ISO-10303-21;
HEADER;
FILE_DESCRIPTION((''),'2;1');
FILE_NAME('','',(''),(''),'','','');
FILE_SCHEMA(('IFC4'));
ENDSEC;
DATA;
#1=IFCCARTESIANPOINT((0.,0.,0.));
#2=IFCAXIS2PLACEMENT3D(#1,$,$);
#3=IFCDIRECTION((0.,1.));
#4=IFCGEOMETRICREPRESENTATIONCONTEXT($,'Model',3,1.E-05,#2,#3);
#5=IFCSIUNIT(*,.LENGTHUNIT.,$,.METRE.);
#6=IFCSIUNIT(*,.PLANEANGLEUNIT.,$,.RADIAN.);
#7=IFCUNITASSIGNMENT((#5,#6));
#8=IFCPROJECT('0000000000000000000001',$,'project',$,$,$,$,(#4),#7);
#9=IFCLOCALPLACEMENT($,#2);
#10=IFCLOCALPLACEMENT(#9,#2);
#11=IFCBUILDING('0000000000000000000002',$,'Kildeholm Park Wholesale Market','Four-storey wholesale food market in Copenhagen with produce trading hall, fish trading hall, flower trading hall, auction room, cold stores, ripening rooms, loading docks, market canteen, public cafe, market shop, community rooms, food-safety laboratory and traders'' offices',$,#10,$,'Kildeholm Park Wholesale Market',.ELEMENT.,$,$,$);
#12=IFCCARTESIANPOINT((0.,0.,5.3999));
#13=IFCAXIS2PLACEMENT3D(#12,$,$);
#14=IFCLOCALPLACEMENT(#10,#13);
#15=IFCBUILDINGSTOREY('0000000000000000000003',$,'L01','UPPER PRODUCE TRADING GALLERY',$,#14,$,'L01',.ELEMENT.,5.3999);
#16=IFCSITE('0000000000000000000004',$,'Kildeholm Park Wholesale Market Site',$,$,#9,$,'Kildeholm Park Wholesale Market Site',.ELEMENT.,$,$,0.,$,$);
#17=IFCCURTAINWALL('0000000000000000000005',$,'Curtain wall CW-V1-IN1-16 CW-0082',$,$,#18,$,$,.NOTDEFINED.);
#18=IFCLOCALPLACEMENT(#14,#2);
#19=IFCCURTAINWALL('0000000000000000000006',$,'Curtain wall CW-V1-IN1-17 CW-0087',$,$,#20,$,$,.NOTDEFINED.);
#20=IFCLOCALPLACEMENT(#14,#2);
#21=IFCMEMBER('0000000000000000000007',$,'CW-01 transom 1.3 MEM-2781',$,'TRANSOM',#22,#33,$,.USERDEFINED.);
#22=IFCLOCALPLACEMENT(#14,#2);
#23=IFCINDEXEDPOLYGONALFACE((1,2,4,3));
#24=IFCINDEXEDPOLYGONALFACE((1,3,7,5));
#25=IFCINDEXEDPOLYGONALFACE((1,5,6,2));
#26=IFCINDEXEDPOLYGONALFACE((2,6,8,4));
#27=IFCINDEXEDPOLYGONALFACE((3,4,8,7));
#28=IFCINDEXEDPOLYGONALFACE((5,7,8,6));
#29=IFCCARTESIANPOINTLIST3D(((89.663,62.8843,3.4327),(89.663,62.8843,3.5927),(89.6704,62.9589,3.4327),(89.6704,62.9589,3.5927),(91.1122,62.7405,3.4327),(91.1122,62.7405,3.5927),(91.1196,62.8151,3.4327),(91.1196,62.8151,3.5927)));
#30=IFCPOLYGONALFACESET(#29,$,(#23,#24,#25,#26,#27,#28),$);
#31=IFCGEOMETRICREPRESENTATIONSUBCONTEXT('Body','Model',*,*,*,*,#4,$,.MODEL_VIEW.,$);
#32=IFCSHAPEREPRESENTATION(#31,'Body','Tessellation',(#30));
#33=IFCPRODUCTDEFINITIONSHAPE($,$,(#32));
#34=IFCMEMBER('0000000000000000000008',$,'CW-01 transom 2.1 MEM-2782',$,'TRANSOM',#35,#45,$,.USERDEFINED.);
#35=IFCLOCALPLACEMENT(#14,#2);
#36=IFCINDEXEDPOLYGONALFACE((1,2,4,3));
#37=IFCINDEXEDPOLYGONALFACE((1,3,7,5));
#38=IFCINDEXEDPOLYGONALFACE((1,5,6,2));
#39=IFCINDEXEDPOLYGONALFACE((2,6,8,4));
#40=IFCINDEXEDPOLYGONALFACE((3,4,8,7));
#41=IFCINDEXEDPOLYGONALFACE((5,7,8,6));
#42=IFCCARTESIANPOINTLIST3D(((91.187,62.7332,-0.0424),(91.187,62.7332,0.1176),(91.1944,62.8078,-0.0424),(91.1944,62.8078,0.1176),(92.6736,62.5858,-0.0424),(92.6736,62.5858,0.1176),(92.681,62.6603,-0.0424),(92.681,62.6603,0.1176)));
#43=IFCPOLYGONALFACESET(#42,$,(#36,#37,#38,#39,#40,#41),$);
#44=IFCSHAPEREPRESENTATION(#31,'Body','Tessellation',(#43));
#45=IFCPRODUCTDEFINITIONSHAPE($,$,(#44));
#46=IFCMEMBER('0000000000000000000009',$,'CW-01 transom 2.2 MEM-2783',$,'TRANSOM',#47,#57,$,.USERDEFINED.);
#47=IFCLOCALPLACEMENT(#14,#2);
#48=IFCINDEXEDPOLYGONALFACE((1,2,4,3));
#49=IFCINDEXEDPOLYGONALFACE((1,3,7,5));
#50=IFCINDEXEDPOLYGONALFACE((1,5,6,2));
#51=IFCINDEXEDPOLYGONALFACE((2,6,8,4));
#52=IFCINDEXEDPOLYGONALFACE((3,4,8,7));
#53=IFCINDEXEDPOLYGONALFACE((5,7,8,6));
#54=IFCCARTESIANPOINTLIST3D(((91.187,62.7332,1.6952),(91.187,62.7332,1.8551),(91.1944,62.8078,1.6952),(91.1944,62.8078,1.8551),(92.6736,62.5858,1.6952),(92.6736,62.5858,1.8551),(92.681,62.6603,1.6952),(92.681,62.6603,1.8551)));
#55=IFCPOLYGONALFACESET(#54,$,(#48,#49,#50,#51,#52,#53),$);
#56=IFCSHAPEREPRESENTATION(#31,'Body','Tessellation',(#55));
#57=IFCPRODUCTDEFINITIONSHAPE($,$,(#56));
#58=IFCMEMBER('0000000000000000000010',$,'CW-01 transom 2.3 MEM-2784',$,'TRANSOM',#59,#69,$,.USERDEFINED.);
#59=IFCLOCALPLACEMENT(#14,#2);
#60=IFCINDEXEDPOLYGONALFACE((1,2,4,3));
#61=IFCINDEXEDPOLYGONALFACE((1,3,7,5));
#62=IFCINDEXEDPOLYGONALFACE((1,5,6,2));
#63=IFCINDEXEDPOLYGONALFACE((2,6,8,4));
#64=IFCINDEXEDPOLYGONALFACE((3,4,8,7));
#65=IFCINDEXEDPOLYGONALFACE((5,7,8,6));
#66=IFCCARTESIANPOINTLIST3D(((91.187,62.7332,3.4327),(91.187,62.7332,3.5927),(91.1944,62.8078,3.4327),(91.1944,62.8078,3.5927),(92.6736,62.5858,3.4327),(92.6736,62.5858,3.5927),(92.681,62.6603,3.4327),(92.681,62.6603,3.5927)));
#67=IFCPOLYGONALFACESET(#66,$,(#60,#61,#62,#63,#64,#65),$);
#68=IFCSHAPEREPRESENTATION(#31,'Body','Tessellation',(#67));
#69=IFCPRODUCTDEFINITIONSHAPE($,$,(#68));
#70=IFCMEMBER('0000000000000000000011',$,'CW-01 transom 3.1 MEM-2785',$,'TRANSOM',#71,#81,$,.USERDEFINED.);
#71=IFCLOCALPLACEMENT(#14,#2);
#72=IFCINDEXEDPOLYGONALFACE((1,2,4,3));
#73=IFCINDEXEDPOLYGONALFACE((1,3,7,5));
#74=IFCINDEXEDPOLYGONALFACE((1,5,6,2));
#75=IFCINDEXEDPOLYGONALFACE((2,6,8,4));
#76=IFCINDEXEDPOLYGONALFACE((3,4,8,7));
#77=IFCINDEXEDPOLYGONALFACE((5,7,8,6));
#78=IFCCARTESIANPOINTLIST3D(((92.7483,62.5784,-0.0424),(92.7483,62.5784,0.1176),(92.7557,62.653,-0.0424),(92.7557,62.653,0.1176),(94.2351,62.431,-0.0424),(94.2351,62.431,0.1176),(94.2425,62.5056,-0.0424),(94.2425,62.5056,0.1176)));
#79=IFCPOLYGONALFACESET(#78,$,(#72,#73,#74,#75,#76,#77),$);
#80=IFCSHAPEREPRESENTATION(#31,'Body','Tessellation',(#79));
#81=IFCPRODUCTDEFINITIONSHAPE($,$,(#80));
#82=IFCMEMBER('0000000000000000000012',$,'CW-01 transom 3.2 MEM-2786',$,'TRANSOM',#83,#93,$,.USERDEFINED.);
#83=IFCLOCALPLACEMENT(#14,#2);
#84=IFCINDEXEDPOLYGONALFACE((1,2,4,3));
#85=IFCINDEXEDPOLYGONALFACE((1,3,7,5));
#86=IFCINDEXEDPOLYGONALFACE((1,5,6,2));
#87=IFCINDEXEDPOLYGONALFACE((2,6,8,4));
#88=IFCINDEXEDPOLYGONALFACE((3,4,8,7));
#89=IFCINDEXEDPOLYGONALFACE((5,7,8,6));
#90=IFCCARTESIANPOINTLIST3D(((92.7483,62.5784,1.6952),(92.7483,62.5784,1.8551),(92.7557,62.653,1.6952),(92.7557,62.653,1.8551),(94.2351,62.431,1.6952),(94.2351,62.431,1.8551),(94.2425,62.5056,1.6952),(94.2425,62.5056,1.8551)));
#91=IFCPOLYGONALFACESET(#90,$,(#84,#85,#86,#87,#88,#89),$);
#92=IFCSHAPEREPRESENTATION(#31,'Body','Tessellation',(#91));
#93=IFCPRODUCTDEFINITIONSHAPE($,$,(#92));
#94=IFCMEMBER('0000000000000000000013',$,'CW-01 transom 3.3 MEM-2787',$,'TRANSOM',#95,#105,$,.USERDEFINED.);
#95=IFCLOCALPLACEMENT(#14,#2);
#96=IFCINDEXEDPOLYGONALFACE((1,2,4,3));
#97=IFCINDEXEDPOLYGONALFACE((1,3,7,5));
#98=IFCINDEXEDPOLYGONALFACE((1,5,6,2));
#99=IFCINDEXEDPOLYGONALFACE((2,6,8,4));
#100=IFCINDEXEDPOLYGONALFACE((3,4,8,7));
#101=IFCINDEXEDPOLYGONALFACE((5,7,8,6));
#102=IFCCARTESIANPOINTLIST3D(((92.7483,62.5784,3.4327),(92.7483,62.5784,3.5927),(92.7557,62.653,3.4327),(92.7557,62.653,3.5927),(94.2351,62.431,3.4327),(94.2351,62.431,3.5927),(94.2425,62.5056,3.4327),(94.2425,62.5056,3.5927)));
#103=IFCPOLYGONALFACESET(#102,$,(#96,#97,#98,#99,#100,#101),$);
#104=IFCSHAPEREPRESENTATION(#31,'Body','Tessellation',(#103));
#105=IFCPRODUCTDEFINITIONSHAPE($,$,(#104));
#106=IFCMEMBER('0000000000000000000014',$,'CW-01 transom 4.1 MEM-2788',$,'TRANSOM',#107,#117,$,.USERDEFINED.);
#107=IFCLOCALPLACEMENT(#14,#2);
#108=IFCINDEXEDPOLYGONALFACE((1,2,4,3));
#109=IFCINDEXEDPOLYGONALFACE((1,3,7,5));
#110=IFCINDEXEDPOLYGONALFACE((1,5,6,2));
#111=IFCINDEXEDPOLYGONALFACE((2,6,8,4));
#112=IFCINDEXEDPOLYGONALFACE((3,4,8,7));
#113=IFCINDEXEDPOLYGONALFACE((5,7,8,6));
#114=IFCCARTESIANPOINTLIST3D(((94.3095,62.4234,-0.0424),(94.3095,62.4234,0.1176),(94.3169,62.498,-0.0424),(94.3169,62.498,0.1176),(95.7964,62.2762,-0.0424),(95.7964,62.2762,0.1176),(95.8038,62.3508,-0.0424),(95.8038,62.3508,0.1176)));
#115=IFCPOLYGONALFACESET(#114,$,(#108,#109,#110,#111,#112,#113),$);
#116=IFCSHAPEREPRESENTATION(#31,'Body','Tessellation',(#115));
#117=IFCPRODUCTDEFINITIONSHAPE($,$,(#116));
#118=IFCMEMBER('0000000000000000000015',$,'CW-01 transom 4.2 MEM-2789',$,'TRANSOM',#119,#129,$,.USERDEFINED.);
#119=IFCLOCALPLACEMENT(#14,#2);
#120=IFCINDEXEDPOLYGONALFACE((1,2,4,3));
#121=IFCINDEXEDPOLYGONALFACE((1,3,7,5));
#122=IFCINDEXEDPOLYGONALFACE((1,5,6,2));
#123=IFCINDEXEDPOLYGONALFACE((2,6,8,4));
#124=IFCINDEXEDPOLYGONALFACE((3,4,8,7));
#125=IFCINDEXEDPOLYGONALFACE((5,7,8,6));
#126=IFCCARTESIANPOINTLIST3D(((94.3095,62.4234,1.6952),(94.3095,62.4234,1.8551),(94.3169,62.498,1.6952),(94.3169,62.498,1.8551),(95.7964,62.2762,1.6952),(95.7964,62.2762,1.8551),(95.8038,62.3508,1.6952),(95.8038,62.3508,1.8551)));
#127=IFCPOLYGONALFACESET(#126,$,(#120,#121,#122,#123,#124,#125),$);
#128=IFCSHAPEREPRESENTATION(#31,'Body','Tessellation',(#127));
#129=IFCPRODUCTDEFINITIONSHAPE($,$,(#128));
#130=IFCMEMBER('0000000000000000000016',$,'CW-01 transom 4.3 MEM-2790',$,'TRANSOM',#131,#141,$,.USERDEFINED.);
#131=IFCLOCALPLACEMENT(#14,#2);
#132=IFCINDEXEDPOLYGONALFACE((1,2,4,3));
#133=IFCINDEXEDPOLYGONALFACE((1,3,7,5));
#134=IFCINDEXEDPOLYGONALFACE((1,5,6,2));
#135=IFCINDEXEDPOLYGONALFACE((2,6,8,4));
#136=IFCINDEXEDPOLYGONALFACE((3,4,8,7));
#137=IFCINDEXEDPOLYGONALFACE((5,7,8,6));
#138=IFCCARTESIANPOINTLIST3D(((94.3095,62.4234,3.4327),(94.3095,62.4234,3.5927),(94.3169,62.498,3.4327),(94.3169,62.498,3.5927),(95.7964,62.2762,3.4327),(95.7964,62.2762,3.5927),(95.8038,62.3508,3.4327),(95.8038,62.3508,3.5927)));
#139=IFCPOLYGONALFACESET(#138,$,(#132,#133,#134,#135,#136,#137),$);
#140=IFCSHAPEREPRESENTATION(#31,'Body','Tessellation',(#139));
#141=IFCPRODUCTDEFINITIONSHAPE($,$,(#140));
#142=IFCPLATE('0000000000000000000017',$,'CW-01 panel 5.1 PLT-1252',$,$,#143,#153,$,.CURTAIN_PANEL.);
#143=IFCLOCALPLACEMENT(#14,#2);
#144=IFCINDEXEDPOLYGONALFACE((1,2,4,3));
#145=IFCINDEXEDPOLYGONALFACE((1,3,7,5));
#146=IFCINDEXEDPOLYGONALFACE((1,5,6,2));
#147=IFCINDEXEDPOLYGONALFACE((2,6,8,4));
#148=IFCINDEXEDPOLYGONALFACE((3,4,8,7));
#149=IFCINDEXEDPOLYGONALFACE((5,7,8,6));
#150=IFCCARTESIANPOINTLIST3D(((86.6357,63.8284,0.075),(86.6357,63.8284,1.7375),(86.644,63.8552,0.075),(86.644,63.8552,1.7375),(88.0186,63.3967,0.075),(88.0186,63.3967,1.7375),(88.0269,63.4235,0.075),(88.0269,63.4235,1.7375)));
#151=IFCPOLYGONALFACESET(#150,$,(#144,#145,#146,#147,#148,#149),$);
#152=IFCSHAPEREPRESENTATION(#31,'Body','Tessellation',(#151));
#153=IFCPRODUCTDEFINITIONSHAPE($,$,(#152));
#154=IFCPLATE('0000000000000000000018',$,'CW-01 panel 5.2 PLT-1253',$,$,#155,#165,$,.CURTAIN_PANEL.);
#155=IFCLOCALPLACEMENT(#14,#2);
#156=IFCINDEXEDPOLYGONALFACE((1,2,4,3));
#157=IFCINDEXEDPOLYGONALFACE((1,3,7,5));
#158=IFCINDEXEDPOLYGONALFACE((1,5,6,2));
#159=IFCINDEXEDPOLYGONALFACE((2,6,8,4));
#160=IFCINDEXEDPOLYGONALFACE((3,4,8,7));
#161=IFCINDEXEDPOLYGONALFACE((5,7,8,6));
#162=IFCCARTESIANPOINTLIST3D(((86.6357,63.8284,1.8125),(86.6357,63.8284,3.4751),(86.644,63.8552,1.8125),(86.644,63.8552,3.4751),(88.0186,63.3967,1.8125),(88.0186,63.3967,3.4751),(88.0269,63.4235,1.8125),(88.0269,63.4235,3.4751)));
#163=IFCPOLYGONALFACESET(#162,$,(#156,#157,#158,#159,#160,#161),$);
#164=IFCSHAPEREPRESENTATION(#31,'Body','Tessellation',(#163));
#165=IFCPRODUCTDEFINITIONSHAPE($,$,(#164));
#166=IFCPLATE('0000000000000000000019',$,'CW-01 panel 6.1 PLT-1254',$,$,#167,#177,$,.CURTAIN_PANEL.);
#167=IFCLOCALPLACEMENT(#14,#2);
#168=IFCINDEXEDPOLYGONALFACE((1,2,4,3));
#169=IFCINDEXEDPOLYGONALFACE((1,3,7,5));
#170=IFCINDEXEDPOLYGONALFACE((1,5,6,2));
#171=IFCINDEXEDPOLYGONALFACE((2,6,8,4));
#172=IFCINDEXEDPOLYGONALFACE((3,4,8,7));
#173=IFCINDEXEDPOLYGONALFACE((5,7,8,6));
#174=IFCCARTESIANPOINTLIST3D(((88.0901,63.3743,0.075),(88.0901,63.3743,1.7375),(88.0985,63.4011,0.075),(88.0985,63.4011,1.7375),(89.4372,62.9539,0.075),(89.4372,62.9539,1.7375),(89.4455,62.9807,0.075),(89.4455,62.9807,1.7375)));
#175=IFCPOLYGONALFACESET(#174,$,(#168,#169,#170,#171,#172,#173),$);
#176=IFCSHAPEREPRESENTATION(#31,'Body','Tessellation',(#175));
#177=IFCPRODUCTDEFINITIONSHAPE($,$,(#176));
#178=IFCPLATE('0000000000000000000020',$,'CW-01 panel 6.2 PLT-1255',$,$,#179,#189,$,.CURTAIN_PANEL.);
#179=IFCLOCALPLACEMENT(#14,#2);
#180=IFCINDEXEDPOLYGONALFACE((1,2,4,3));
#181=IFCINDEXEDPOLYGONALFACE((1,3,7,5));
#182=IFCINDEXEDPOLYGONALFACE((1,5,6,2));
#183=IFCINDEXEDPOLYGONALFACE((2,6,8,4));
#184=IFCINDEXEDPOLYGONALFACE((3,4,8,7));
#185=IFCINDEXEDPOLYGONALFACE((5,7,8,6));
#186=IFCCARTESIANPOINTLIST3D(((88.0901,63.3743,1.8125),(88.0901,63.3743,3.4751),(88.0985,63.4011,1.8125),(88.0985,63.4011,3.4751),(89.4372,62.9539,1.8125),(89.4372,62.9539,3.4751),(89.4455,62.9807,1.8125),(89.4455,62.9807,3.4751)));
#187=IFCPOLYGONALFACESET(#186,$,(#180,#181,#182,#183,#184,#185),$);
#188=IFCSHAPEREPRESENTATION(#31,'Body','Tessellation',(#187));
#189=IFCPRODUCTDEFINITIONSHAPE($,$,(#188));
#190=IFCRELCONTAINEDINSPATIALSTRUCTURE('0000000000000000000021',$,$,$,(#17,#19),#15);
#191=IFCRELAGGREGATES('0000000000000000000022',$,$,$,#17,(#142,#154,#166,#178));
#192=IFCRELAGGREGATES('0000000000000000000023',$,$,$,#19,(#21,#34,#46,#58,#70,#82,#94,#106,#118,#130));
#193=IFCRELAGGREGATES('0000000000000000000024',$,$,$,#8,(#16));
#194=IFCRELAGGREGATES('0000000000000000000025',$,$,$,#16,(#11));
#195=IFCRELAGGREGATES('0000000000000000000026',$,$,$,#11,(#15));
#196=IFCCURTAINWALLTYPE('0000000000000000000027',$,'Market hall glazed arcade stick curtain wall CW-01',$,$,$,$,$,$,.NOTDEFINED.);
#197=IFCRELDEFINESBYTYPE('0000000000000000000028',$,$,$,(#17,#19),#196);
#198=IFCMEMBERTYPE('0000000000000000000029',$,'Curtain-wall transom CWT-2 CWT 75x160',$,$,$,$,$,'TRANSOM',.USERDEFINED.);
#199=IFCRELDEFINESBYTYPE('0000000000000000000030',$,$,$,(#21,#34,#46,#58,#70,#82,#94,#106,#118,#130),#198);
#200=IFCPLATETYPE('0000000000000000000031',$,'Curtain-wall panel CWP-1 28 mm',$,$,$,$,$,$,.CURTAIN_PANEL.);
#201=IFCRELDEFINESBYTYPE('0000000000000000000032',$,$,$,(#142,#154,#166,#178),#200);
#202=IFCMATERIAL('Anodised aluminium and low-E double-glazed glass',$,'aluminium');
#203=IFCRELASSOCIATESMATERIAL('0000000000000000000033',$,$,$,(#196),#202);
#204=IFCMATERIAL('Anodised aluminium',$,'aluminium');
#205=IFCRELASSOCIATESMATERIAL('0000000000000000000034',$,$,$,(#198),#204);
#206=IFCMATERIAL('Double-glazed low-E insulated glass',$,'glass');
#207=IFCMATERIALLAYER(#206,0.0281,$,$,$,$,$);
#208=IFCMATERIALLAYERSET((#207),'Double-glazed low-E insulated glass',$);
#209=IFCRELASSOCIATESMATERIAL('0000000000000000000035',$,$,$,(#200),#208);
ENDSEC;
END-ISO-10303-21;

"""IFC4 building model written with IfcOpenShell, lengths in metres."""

from ifc_helpers import new_model, si_unit, direction, frame, origin, origin_2d, place, context, subcontext, project, spatial, rectangle, extrude, material, layer, layer_set, material_profile, profile_set, type_object, element, aggregate, save


model = new_model("IFC4")

# Units and contexts
model_context = context("Model", 3, precision=1e-05, world=origin(), true_north=direction((0.0, 1.0)))
body_context = subcontext(model_context, "Body", "Model", "MODEL_VIEW")
ifc_project = project(units=[si_unit("LENGTHUNIT", "METRE"), si_unit("PLANEANGLEUNIT", "RADIAN")], contexts=[model_context])

# Site, building, storey
site_placement = place(None, origin())
site = spatial("IfcSite", under=ifc_project, at=site_placement, Name="Kildeholm Park Wholesale Market Site", LongName="Kildeholm Park Wholesale Market Site", CompositionType="ELEMENT", RefElevation=0.0)
building_placement = place(site_placement, origin())
building = spatial("IfcBuilding", under=site, at=building_placement, Name="Kildeholm Park Wholesale Market", Description="Four-storey wholesale food market in Copenhagen with produce trading hall, fish trading hall, flower trading hall, auction room, cold stores, ripening rooms, loading docks, market canteen, public cafe, market shop, community rooms, food-safety laboratory and traders' offices", LongName="Kildeholm Park Wholesale Market", CompositionType="ELEMENT")
storey_placement = place(building_placement, frame((0.0, 0.0, 5.3999)))
storey = spatial("IfcBuildingStorey", under=building, at=storey_placement, Name="L01", Description="UPPER PRODUCE TRADING GALLERY", LongName="L01", CompositionType="ELEMENT", Elevation=5.3999)

# Curtain walls
ifc_material_1 = material(Name="Anodised aluminium and low-E double-glazed glass", Category="aluminium")
curtain_wall_type = type_object("IfcCurtainWallType", Name="Market hall glazed arcade stick curtain wall CW-01", PredefinedType="NOTDEFINED", material=ifc_material_1)
curtain_wall_1_placement = place(storey_placement, origin())
curtain_wall_1 = element("IfcCurtainWall", 1, at=curtain_wall_1_placement, inside=storey, type_object=curtain_wall_type, Name="Curtain wall CW-V1-IN1-16 CW-0082", PredefinedType="NOTDEFINED")
ifc_material_2 = material(Name="Anodised aluminium", Category="aluminium")
curtain_wall_2_placement = place(storey_placement, origin())
curtain_wall_2 = element("IfcCurtainWall", 2, at=curtain_wall_2_placement, inside=storey, type_object=curtain_wall_type, Name="Curtain wall CW-V1-IN1-17 CW-0087", PredefinedType="NOTDEFINED")

# Members
ifc_material_profile_1 = material_profile(ifc_material_2, rectangle(XDim=0.075, YDim=0.1599, at=origin_2d()), Name="CWT 75x160")
ifc_profile_set_1 = profile_set([ifc_material_profile_1], Name="Anodised aluminium")
member_type_1 = type_object("IfcMemberType", Name="Curtain-wall transom CWT-2 CWT 75x160", ElementType="TRANSOM", PredefinedType="USERDEFINED", material=ifc_profile_set_1)
member_1_placement = place(storey_placement, frame((89.6667, 62.9216, 3.5127), z_axis=(0.995113, -0.09874, 0.0), x_axis=(0.09874, 0.995113, 0.0)))
member_1 = element("IfcMember", 3, at=member_1_placement, type_object=member_type_1, Name="CW-01 transom 1.3 MEM-2781", ObjectType="TRANSOM", PredefinedType="USERDEFINED", context=body_context, shape_type="SweptSolid", body=[
    extrude(rectangle(XDim=0.075, YDim=0.1599, at=origin_2d()), origin(), (0.0, 0.0, 1.0), 1.4563),
])
member_2_placement = place(storey_placement, frame((91.1907, 62.7705, 0.0376), z_axis=(0.995116, -0.098711, 0.0), x_axis=(0.098711, 0.995116, 0.0)))
member_2 = element("IfcMember", 4, at=member_2_placement, type_object=member_type_1, Name="CW-01 transom 2.1 MEM-2782", ObjectType="TRANSOM", PredefinedType="USERDEFINED", context=body_context, shape_type="SweptSolid", body=[
    extrude(rectangle(XDim=0.075, YDim=0.1599, at=origin_2d()), origin(), (0.0, 0.0, 1.0), 1.4939),
])
member_3_placement = place(storey_placement, frame((91.1907, 62.7705, 1.7751), z_axis=(0.995116, -0.098711, 0.0), x_axis=(0.098711, 0.995116, 0.0)))
member_3 = element("IfcMember", 5, at=member_3_placement, type_object=member_type_1, Name="CW-01 transom 2.2 MEM-2783", ObjectType="TRANSOM", PredefinedType="USERDEFINED", context=body_context, shape_type="SweptSolid", body=[
    extrude(rectangle(XDim=0.075, YDim=0.1599, at=origin_2d()), origin(), (0.0, 0.0, 1.0), 1.4939),
])
member_4_placement = place(storey_placement, frame((91.1907, 62.7705, 3.5127), z_axis=(0.995116, -0.098711, 0.0), x_axis=(0.098711, 0.995116, 0.0)))
member_4 = element("IfcMember", 6, at=member_4_placement, type_object=member_type_1, Name="CW-01 transom 2.3 MEM-2784", ObjectType="TRANSOM", PredefinedType="USERDEFINED", context=body_context, shape_type="SweptSolid", body=[
    extrude(rectangle(XDim=0.075, YDim=0.1599, at=origin_2d()), origin(), (0.0, 0.0, 1.0), 1.4939),
])
member_5_placement = place(storey_placement, frame((92.752, 62.6157, 0.0376), z_axis=(0.995118, -0.098695, 0.0), x_axis=(0.098695, 0.995118, 0.0)))
member_5 = element("IfcMember", 7, at=member_5_placement, type_object=member_type_1, Name="CW-01 transom 3.1 MEM-2785", ObjectType="TRANSOM", PredefinedType="USERDEFINED", context=body_context, shape_type="SweptSolid", body=[
    extrude(rectangle(XDim=0.075, YDim=0.1599, at=origin_2d()), origin(), (0.0, 0.0, 1.0), 1.4941),
])
member_6_placement = place(storey_placement, frame((92.752, 62.6157, 1.7751), z_axis=(0.995118, -0.098695, 0.0), x_axis=(0.098695, 0.995118, 0.0)))
member_6 = element("IfcMember", 8, at=member_6_placement, type_object=member_type_1, Name="CW-01 transom 3.2 MEM-2786", ObjectType="TRANSOM", PredefinedType="USERDEFINED", context=body_context, shape_type="SweptSolid", body=[
    extrude(rectangle(XDim=0.075, YDim=0.1599, at=origin_2d()), origin(), (0.0, 0.0, 1.0), 1.4941),
])
member_7_placement = place(storey_placement, frame((92.752, 62.6157, 3.5127), z_axis=(0.995118, -0.098695, 0.0), x_axis=(0.098695, 0.995118, 0.0)))
member_7 = element("IfcMember", 9, at=member_7_placement, type_object=member_type_1, Name="CW-01 transom 3.3 MEM-2787", ObjectType="TRANSOM", PredefinedType="USERDEFINED", context=body_context, shape_type="SweptSolid", body=[
    extrude(rectangle(XDim=0.075, YDim=0.1599, at=origin_2d()), origin(), (0.0, 0.0, 1.0), 1.4941),
])
member_8_placement = place(storey_placement, frame((94.3132, 62.4607, 0.0376), z_axis=(0.995134, -0.098533, 0.0), x_axis=(0.098533, 0.995134, 0.0)))
member_8 = element("IfcMember", 10, at=member_8_placement, type_object=member_type_1, Name="CW-01 transom 4.1 MEM-2788", ObjectType="TRANSOM", PredefinedType="USERDEFINED", context=body_context, shape_type="SweptSolid", body=[
    extrude(rectangle(XDim=0.075, YDim=0.1599, at=origin_2d()), origin(), (0.0, 0.0, 1.0), 1.4941),
])
member_9_placement = place(storey_placement, frame((94.3132, 62.4607, 1.7751), z_axis=(0.995134, -0.098533, 0.0), x_axis=(0.098533, 0.995134, 0.0)))
member_9 = element("IfcMember", 11, at=member_9_placement, type_object=member_type_1, Name="CW-01 transom 4.2 MEM-2789", ObjectType="TRANSOM", PredefinedType="USERDEFINED", context=body_context, shape_type="SweptSolid", body=[
    extrude(rectangle(XDim=0.075, YDim=0.1599, at=origin_2d()), origin(), (0.0, 0.0, 1.0), 1.4941),
])
member_10_placement = place(storey_placement, frame((94.3132, 62.4607, 3.5127), z_axis=(0.995134, -0.098533, 0.0), x_axis=(0.098533, 0.995134, 0.0)))
member_10 = element("IfcMember", 12, at=member_10_placement, type_object=member_type_1, Name="CW-01 transom 4.3 MEM-2790", ObjectType="TRANSOM", PredefinedType="USERDEFINED", context=body_context, shape_type="SweptSolid", body=[
    extrude(rectangle(XDim=0.075, YDim=0.1599, at=origin_2d()), origin(), (0.0, 0.0, 1.0), 1.4941),
])

# Plates
ifc_material_3 = material(Name="Double-glazed low-E insulated glass", Category="glass")
ifc_layer_1 = layer(ifc_material_3, 0.0281)
ifc_layer_set_1 = layer_set([ifc_layer_1], Name="Double-glazed low-E insulated glass")
plate_type = type_object("IfcPlateType", Name="Curtain-wall panel CWP-1 28 mm", PredefinedType="CURTAIN_PANEL", material=ifc_layer_set_1)
plate_1_placement = place(storey_placement, frame((87.3313, 63.626, 0.075), z_axis=(0.0, 0.0, 1.0), x_axis=(0.954579, -0.297957, 0.0)))
plate_1 = element("IfcPlate", 13, at=plate_1_placement, type_object=plate_type, Name="CW-01 panel 5.1 PLT-1252", PredefinedType="CURTAIN_PANEL", context=body_context, shape_type="SweptSolid", body=[
    extrude(rectangle(XDim=1.4487, YDim=0.0281, at=origin_2d()), origin(), (0.0, 0.0, 1.0), 1.6626),
])
plate_2_placement = place(storey_placement, frame((87.3313, 63.626, 1.8125), z_axis=(0.0, 0.0, 1.0), x_axis=(0.954579, -0.297957, 0.0)))
plate_2 = element("IfcPlate", 14, at=plate_2_placement, type_object=plate_type, Name="CW-01 panel 5.2 PLT-1253", PredefinedType="CURTAIN_PANEL", context=body_context, shape_type="SweptSolid", body=[
    extrude(rectangle(XDim=1.4487, YDim=0.0281, at=origin_2d()), origin(), (0.0, 0.0, 1.0), 1.6626),
])
plate_3_placement = place(storey_placement, frame((88.7678, 63.1775, 0.075), z_axis=(0.0, 0.0, 1.0), x_axis=(0.954579, -0.297957, 0.0)))
plate_3 = element("IfcPlate", 15, at=plate_3_placement, type_object=plate_type, Name="CW-01 panel 6.1 PLT-1254", PredefinedType="CURTAIN_PANEL", context=body_context, shape_type="SweptSolid", body=[
    extrude(rectangle(XDim=1.4111, YDim=0.0281, at=origin_2d()), origin(), (0.0, 0.0, 1.0), 1.6626),
])
plate_4_placement = place(storey_placement, frame((88.7678, 63.1775, 1.8125), z_axis=(0.0, 0.0, 1.0), x_axis=(0.954579, -0.297957, 0.0)))
plate_4 = element("IfcPlate", 16, at=plate_4_placement, type_object=plate_type, Name="CW-01 panel 6.2 PLT-1255", PredefinedType="CURTAIN_PANEL", context=body_context, shape_type="SweptSolid", body=[
    extrude(rectangle(XDim=1.4111, YDim=0.0281, at=origin_2d()), origin(), (0.0, 0.0, 1.0), 1.6626),
])
aggregate(curtain_wall_1, [plate_1, plate_2, plate_3, plate_4])
aggregate(curtain_wall_2, [member_1, member_2, member_3, member_4, member_5, member_6, member_7, member_8, member_9, member_10])

save(model, "model.ifc")
